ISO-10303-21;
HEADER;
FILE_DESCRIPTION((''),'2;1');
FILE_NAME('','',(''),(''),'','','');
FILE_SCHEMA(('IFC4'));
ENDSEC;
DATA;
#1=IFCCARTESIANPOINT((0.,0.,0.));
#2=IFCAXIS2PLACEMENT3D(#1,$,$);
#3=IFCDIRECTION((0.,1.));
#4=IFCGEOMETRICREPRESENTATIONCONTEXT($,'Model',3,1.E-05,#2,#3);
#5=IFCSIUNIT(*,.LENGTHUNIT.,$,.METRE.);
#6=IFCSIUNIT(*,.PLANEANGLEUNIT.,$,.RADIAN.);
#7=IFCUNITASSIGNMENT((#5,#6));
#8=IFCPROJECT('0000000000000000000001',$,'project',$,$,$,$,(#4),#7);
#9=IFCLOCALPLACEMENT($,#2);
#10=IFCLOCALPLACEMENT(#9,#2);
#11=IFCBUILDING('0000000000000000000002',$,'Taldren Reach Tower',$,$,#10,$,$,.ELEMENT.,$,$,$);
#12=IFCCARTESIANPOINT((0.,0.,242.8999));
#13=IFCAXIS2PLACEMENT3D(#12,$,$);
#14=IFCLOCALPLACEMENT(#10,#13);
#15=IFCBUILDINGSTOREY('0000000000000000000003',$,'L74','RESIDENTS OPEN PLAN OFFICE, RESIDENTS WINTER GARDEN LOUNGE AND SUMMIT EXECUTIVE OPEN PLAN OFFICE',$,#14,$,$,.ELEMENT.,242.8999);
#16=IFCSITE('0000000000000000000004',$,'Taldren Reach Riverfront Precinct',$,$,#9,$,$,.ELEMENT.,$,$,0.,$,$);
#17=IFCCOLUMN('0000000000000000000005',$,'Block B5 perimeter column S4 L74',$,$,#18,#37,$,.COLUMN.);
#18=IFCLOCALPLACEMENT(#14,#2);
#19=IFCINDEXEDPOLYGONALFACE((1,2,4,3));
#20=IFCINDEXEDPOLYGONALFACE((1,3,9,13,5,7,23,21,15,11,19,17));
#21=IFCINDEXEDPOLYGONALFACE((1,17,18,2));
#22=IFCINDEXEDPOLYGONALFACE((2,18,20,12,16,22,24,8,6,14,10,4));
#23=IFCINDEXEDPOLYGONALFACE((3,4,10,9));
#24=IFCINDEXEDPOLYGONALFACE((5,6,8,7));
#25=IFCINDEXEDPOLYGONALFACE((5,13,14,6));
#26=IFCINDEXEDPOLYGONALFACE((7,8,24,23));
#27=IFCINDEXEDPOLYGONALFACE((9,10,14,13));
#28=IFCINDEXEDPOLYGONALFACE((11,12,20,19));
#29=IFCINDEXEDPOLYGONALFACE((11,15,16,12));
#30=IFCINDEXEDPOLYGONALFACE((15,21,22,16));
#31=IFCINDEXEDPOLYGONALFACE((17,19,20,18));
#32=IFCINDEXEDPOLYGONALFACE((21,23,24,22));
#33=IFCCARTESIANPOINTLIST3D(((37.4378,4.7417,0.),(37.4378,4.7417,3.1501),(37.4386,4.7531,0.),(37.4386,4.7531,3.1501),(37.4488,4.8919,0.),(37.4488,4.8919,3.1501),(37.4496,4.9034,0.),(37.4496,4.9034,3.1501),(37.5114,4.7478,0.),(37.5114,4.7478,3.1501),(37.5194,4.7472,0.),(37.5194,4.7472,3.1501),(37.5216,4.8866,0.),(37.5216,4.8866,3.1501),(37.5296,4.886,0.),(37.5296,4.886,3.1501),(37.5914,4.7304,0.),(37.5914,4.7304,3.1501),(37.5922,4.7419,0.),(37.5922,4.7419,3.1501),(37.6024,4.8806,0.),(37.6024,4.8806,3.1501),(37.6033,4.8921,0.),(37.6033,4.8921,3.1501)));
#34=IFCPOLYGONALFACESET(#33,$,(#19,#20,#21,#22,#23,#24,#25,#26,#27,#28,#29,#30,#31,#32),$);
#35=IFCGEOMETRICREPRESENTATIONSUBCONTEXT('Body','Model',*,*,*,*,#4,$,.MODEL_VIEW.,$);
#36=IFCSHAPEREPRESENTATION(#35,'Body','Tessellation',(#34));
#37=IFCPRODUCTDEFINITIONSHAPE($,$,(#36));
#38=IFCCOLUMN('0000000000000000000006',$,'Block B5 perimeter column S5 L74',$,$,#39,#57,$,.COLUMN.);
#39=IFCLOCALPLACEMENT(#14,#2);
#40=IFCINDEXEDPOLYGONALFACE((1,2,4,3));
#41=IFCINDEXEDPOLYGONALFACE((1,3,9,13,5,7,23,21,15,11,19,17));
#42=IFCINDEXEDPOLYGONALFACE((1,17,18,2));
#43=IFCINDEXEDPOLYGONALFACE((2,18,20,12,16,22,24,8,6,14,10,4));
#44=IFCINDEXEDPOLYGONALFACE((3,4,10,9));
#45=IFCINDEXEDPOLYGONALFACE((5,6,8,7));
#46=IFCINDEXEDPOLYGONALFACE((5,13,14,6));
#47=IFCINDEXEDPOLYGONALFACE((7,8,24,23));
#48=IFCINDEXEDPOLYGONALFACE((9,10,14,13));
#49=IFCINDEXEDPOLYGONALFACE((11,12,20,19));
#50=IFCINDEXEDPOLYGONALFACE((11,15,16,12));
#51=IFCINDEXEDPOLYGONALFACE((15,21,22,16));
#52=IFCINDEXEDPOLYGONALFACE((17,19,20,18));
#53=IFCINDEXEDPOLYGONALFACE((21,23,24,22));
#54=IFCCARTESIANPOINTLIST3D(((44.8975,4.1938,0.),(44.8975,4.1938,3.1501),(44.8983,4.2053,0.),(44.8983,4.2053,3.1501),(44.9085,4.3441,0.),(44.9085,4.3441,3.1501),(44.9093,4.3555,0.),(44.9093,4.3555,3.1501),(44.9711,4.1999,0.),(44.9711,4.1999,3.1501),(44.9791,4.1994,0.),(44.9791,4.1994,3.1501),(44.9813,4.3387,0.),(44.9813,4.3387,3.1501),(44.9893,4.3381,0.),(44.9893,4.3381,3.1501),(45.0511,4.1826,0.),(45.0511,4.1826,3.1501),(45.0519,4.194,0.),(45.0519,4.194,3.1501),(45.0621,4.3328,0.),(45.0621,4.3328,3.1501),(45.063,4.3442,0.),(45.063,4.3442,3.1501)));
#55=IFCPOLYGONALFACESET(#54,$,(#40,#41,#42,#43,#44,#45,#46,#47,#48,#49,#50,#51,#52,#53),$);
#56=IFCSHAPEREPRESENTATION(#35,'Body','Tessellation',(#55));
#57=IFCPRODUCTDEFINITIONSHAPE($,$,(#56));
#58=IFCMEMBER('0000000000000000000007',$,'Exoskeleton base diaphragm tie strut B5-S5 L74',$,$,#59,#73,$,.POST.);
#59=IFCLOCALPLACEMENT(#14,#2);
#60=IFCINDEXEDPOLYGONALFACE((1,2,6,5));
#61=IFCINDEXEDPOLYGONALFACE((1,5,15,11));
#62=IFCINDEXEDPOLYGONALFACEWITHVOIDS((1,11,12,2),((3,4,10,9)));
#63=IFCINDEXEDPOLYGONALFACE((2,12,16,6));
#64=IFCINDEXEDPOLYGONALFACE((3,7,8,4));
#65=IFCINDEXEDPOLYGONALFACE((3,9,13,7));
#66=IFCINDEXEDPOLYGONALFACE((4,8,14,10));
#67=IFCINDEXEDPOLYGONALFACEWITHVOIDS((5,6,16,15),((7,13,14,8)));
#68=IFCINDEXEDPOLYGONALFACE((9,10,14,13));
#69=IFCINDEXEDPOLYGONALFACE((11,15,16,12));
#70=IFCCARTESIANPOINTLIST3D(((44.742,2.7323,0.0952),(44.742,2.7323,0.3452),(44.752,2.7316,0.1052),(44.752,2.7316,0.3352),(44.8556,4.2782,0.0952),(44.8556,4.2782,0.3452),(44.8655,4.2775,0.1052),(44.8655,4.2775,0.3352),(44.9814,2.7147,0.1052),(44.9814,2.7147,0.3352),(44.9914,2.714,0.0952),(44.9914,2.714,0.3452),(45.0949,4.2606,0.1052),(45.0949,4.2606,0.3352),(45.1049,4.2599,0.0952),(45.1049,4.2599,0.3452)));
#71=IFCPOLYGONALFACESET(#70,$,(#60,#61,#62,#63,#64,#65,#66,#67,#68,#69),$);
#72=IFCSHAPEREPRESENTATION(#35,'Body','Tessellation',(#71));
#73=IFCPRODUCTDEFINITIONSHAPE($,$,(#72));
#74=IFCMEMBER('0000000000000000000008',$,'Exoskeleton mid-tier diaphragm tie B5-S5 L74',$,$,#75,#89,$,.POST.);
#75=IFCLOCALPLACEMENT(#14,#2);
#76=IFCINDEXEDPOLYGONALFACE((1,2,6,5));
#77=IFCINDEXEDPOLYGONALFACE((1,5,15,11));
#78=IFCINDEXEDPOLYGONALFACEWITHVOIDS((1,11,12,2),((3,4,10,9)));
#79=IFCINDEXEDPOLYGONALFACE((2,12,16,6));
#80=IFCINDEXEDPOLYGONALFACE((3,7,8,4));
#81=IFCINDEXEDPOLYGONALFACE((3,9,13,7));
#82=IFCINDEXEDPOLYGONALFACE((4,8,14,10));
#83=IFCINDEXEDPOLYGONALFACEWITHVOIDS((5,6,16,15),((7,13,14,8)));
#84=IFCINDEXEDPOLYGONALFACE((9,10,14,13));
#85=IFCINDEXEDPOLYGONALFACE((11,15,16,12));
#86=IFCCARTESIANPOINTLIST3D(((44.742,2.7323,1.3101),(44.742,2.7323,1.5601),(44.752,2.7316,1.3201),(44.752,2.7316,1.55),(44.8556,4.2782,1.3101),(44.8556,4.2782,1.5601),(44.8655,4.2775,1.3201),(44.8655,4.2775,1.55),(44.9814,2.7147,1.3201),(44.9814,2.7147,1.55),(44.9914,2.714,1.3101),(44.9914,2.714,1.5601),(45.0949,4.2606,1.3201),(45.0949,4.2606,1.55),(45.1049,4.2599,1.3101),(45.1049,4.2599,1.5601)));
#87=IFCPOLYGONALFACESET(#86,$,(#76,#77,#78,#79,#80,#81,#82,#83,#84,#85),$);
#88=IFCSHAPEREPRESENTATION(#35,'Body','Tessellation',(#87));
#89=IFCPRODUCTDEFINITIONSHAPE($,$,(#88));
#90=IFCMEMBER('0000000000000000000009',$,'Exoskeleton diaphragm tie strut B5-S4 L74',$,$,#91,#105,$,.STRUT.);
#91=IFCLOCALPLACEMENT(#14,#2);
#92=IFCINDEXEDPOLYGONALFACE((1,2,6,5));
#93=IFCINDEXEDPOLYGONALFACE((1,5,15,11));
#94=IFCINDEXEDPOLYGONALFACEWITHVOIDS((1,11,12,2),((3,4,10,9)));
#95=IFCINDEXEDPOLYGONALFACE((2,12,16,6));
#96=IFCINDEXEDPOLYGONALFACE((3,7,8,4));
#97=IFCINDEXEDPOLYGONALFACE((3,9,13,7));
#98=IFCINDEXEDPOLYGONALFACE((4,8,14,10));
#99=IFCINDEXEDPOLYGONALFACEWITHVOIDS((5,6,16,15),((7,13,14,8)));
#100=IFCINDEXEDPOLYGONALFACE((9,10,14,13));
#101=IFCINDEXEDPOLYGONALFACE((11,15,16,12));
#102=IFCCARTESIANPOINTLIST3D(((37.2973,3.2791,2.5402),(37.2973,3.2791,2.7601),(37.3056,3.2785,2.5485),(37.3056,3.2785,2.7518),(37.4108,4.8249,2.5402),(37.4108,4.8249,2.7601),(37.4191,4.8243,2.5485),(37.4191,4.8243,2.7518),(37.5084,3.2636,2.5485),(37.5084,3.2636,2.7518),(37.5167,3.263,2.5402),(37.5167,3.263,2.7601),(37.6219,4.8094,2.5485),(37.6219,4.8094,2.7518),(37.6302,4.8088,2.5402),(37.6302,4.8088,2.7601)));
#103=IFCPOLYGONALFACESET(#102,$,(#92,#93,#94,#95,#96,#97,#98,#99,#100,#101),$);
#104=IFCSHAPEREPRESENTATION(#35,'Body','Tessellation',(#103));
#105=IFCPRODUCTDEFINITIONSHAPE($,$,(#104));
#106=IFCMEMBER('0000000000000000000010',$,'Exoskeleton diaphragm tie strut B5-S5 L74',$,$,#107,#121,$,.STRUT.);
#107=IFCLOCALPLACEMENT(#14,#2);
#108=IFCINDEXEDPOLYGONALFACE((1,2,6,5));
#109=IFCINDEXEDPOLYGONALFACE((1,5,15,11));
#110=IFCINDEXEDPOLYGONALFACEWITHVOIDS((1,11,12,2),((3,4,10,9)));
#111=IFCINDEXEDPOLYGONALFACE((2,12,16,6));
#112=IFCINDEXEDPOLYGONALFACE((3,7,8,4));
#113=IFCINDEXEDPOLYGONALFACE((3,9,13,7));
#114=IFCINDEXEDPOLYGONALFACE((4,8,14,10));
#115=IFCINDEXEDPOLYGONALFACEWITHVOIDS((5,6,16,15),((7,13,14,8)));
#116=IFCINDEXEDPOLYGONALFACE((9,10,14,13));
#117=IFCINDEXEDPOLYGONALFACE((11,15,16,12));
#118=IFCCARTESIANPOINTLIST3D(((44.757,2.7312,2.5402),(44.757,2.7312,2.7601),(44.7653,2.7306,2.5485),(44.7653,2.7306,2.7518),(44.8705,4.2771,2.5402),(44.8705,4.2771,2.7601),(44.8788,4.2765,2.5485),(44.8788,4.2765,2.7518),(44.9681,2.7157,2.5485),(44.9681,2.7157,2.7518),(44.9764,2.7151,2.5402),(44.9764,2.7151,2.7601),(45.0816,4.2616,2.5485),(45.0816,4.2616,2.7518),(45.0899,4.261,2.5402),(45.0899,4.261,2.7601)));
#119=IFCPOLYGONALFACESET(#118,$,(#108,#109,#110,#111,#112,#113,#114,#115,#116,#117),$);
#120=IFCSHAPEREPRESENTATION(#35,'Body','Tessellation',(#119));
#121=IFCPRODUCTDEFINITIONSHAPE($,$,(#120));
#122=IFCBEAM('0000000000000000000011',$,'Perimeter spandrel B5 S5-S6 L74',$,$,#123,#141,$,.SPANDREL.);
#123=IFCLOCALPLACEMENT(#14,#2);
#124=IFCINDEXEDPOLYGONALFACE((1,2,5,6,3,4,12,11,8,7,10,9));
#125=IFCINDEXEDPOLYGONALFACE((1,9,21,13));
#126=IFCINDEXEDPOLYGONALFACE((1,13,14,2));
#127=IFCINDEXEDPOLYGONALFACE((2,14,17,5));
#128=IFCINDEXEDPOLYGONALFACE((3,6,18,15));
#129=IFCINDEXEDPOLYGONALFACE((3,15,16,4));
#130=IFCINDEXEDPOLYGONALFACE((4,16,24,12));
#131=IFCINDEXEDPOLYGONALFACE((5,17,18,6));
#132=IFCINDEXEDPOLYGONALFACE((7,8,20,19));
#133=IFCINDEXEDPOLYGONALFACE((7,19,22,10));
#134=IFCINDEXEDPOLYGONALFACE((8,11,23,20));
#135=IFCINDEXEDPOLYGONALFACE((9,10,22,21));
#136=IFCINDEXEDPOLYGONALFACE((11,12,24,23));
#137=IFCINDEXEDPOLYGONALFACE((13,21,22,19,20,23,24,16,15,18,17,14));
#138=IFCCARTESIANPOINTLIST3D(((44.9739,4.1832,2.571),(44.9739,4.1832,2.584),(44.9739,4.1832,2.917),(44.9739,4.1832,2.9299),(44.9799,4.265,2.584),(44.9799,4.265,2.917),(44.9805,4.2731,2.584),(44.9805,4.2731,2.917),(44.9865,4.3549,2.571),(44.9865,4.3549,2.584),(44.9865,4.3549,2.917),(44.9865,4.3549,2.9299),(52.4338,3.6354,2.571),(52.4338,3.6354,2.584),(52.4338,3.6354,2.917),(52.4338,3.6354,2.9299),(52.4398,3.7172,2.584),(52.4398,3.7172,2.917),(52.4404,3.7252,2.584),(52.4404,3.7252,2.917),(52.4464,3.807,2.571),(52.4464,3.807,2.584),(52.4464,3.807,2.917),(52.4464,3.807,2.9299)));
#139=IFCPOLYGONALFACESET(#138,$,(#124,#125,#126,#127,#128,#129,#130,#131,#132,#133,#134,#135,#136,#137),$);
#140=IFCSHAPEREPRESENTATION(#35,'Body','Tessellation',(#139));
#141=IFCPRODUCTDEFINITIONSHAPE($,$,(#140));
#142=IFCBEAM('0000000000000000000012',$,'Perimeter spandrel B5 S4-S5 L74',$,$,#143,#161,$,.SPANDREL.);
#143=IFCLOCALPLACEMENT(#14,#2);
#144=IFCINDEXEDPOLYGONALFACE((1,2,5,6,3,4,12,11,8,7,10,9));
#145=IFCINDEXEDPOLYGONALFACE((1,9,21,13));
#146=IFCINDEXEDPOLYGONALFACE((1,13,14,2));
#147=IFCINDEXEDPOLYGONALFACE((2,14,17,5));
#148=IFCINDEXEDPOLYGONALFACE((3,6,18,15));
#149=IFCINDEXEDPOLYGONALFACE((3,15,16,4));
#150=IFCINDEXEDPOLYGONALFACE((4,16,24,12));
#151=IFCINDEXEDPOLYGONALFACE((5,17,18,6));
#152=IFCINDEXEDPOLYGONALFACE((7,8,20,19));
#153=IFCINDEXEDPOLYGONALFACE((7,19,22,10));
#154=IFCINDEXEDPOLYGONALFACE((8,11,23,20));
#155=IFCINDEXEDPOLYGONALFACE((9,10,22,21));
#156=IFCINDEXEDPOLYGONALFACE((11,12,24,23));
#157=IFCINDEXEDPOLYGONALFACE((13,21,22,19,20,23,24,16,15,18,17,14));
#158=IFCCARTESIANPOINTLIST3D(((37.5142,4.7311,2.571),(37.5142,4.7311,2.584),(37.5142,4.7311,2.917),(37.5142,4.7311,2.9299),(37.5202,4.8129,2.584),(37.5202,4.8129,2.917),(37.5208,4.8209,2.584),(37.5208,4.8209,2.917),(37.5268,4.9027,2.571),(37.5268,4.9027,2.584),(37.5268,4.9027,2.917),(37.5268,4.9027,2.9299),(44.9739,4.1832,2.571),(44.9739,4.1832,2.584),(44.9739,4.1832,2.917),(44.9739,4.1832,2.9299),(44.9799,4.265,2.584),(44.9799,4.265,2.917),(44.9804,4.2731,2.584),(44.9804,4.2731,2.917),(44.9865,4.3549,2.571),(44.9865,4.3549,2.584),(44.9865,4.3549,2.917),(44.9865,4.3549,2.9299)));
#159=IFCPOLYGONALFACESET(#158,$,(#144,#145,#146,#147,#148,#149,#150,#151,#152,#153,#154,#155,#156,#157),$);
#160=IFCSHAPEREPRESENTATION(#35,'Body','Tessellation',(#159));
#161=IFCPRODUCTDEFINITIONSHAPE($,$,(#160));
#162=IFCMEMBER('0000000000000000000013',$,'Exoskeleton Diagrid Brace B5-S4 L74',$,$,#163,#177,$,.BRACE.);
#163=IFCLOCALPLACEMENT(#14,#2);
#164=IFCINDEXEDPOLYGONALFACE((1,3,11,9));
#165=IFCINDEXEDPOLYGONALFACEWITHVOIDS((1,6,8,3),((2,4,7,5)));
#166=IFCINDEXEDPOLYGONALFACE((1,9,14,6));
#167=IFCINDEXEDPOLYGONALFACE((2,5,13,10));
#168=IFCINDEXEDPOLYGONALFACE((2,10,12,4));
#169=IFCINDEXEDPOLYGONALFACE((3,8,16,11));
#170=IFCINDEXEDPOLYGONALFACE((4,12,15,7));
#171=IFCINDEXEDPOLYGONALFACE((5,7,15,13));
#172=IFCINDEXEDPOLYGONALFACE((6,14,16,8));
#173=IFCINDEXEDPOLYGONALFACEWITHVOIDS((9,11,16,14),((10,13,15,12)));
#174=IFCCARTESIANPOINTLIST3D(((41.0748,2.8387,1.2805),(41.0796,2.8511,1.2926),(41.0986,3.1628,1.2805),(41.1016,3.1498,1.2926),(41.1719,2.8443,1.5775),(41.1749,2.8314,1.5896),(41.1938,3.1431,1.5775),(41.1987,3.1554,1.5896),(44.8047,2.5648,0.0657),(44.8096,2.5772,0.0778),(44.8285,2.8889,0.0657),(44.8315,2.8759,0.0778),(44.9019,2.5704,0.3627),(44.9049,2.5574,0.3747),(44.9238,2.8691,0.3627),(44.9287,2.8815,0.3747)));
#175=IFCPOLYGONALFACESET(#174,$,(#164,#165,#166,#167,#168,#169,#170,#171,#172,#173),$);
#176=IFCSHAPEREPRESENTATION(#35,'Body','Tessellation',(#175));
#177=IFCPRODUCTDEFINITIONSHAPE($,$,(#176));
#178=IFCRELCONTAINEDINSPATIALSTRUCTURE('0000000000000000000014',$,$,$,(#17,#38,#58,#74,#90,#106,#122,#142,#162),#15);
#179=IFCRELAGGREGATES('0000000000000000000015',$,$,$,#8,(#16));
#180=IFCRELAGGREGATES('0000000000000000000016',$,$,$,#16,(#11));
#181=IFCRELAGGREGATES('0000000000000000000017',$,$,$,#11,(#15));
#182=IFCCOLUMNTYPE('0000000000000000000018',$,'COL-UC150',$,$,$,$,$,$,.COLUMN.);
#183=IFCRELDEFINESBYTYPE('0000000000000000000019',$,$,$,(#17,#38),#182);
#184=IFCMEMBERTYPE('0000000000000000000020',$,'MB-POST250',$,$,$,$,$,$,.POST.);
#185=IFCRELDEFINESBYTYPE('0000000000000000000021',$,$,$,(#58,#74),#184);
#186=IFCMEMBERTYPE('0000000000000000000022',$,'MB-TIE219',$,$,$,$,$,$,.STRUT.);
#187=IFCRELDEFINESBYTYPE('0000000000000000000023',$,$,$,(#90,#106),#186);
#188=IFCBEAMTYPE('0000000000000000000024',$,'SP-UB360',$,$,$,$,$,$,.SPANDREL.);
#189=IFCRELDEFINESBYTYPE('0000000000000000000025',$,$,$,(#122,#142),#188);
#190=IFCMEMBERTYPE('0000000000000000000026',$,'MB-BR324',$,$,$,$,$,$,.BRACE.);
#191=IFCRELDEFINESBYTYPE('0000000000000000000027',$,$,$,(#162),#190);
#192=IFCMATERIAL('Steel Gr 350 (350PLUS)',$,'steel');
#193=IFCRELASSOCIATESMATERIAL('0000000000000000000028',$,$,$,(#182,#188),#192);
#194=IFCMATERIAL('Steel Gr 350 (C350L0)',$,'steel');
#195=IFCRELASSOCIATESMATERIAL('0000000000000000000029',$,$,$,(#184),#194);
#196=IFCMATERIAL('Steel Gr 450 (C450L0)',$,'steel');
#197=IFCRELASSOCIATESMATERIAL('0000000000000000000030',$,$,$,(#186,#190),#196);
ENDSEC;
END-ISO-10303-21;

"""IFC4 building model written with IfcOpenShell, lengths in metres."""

from ifc_helpers import new_model, si_unit, direction, frame, origin, origin_2d, place, context, subcontext, project, spatial, hollow_rectangle, i_section, extrude, source, transform, mapped, material, material_profile, profile_set, type_object, element, save


model = new_model("IFC4")

# Units and contexts
model_context = context("Model", 3, precision=1e-05, world=origin(), true_north=direction((0.0, 1.0)))
body_context = subcontext(model_context, "Body", "Model", "MODEL_VIEW")
ifc_project = project(units=[si_unit("LENGTHUNIT", "METRE"), si_unit("PLANEANGLEUNIT", "RADIAN")], contexts=[model_context])

# Site, building, storey
site_placement = place(None, origin())
site = spatial("IfcSite", under=ifc_project, at=site_placement, Name="Taldren Reach Riverfront Precinct", CompositionType="ELEMENT", RefElevation=0.0)
building_placement = place(site_placement, origin())
building = spatial("IfcBuilding", under=site, at=building_placement, Name="Taldren Reach Tower", CompositionType="ELEMENT")
storey_placement = place(building_placement, frame((0.0, 0.0, 242.8999)))
storey = spatial("IfcBuildingStorey", under=building, at=storey_placement, Name="L74", Description="RESIDENTS OPEN PLAN OFFICE, RESIDENTS WINTER GARDEN LOUNGE AND SUMMIT EXECUTIVE OPEN PLAN OFFICE", CompositionType="ELEMENT", Elevation=242.8999)

# Columns
ifc_material_1 = material(Name="Steel Gr 350 (350PLUS)", Category="steel")
ifc_material_profile_1 = material_profile(ifc_material_1, i_section(OverallWidth=0.1541, OverallDepth=0.1621, WebThickness=0.0081, FlangeThickness=0.0115, at=origin_2d()), Name="150UC37.2")
ifc_profile_set_1 = profile_set([ifc_material_profile_1], Name="Steel Gr 350 (350PLUS)")
column_type = type_object("IfcColumnType", Name="COL-UC150", PredefinedType="COLUMN", material=ifc_profile_set_1)
shared_shape_1 = source(origin(), body_context, "Body", "SweptSolid", [
    extrude(i_section(OverallWidth=0.1541, OverallDepth=0.1621, WebThickness=0.0081, FlangeThickness=0.0115, at=origin_2d()), origin(), (0.0, 0.0, 1.0), 3.1501),
])
for number, where, z_axis, x_axis, name in (
    (1, (37.5205, 4.8169, 0.0), (0.0, 0.0, 1.0), (0.997314, -0.073238, 0.0), "Block B5 perimeter column S4 L74"),
    (2, (44.9802, 4.269, 0.0), (0.0, 0.0, 1.0), (0.997314, -0.073238, 0.0), "Block B5 perimeter column S5 L74"),
):
    element("IfcColumn", number, at=place(storey_placement, frame(where, z_axis=z_axis, x_axis=x_axis)), inside=storey, type_object=column_type, Name=name, PredefinedType="COLUMN", context=body_context, shape_type="MappedRepresentation", body=[
        mapped(shared_shape_1, transform((0.0, 0.0, 0.0), scale=1.0)),
    ])

# Members
ifc_material_2 = material(Name="Steel Gr 350 (C350L0)", Category="steel")
ifc_material_profile_2 = material_profile(ifc_material_2, hollow_rectangle(XDim=0.25, YDim=0.25, WallThickness=0.01, at=origin_2d()), Name="250x250x10.0SHS")
ifc_profile_set_2 = profile_set([ifc_material_profile_2], Name="Steel Gr 350 (C350L0)")
member_type_1 = type_object("IfcMemberType", Name="MB-POST250", PredefinedType="POST", material=ifc_profile_set_2)
shared_shape_2 = source(origin(), body_context, "Body", "SweptSolid", [
    extrude(hollow_rectangle(XDim=0.25, YDim=0.25, WallThickness=0.01, at=origin_2d()), origin(), (0.0, 0.0, 1.0), 1.55),
])
for number, where, z_axis, x_axis, name in (
    (3, (44.9802, 4.269, 0.2202), (-0.073239, -0.997314, 0.0), (0.997314, -0.073239, 0.0), "Exoskeleton base diaphragm tie strut B5-S5 L74"),
    (4, (44.9802, 4.269, 1.4351), (-0.073239, -0.997314, 0.0), (0.997314, -0.073239, 0.0), "Exoskeleton mid-tier diaphragm tie B5-S5 L74"),
):
    element("IfcMember", number, at=place(storey_placement, frame(where, z_axis=z_axis, x_axis=x_axis)), inside=storey, type_object=member_type_1, Name=name, PredefinedType="POST", context=body_context, shape_type="MappedRepresentation", body=[
        mapped(shared_shape_2, transform((0.0, 0.0, 0.0), scale=1.0)),
    ])
ifc_material_3 = material(Name="Steel Gr 450 (C450L0)", Category="steel")
ifc_material_profile_3 = material_profile(ifc_material_3, hollow_rectangle(XDim=0.22, YDim=0.22, WallThickness=0.0083, at=origin_2d()), Name="220x220x8.2SHS")
ifc_profile_set_3 = profile_set([ifc_material_profile_3], Name="Steel Gr 450 (C450L0)")
member_type_2 = type_object("IfcMemberType", Name="MB-TIE219", PredefinedType="STRUT", material=ifc_profile_set_3)
shared_shape_3 = source(origin(), body_context, "Body", "SweptSolid", [
    extrude(hollow_rectangle(XDim=0.22, YDim=0.22, WallThickness=0.0083, at=origin_2d()), origin(), (0.0, 0.0, 1.0), 1.55),
])
for number, where, z_axis, x_axis, name in (
    (5, (37.5205, 4.8169, 2.6501), (-0.073239, -0.997314, 0.0), (0.997314, -0.073239, 0.0), "Exoskeleton diaphragm tie strut B5-S4 L74"),
    (6, (44.9802, 4.269, 2.6501), (-0.073239, -0.997314, 0.0), (0.997314, -0.073239, 0.0), "Exoskeleton diaphragm tie strut B5-S5 L74"),
):
    element("IfcMember", number, at=place(storey_placement, frame(where, z_axis=z_axis, x_axis=x_axis)), inside=storey, type_object=member_type_2, Name=name, PredefinedType="STRUT", context=body_context, shape_type="MappedRepresentation", body=[
        mapped(shared_shape_3, transform((0.0, 0.0, 0.0), scale=1.0)),
    ])

# Beams
ifc_material_profile_4 = material_profile(ifc_material_1, i_section(OverallWidth=0.1721, OverallDepth=0.3589, WebThickness=0.0081, FlangeThickness=0.0129, at=origin_2d()), Name="360UB56.7")
ifc_profile_set_4 = profile_set([ifc_material_profile_4], Name="Steel Gr 350 (350PLUS)")
beam_type = type_object("IfcBeamType", Name="SP-UB360", PredefinedType="SPANDREL", material=ifc_profile_set_4)
shared_shape_4 = source(origin(), body_context, "Body", "SweptSolid", [
    extrude(i_section(OverallWidth=0.1721, OverallDepth=0.3589, WebThickness=0.0081, FlangeThickness=0.0129, at=origin_2d()), origin(), (0.0, 0.0, 1.0), 7.48),
])
beam_1_placement = place(storey_placement, frame((44.9802, 4.269, 2.7505), z_axis=(0.997314, -0.073242, 0.0), x_axis=(0.073242, 0.997314, 0.0)))
element("IfcBeam", 7, at=beam_1_placement, inside=storey, type_object=beam_type, Name="Perimeter spandrel B5 S5-S6 L74", PredefinedType="SPANDREL", context=body_context, shape_type="MappedRepresentation", body=[
    mapped(shared_shape_4, transform((0.0, 0.0, 0.0), scale=1.0)),
])
shared_shape_5 = source(origin(), body_context, "Body", "SweptSolid", [
    extrude(i_section(OverallWidth=0.1721, OverallDepth=0.3589, WebThickness=0.0081, FlangeThickness=0.0129, at=origin_2d()), origin(), (0.0, 0.0, 1.0), 7.4797),
])
beam_2_placement = place(storey_placement, frame((37.5205, 4.8169, 2.7505), z_axis=(0.997314, -0.073244, 0.0), x_axis=(0.073244, 0.997314, 0.0)))
element("IfcBeam", 8, at=beam_2_placement, inside=storey, type_object=beam_type, Name="Perimeter spandrel B5 S4-S5 L74", PredefinedType="SPANDREL", context=body_context, shape_type="MappedRepresentation", body=[
    mapped(shared_shape_5, transform((0.0, 0.0, 0.0), scale=1.0)),
])

# Member
ifc_material_profile_5 = material_profile(ifc_material_3, hollow_rectangle(XDim=0.325, YDim=0.325, WallThickness=0.0127, at=origin_2d()), Name="325x325x12.7SHS")
ifc_profile_set_5 = profile_set([ifc_material_profile_5], Name="Steel Gr 450 (C450L0)")
member_type_3 = type_object("IfcMemberType", Name="MB-BR324", PredefinedType="BRACE", material=ifc_profile_set_5)
shared_shape_6 = source(origin(), body_context, "Body", "SweptSolid", [
    extrude(hollow_rectangle(XDim=0.325, YDim=0.325, WallThickness=0.0127, at=origin_2d()), origin(), (0.0, 0.0, 1.0), 3.9324),
])
for number, where, z_axis, x_axis, name in (
    (9, (44.8667, 2.7231, 0.2202), (-0.948529, 0.069659, 0.308933), (-0.073242, -0.997314, 0.0), "Exoskeleton Diagrid Brace B5-S4 L74"),
):
    element("IfcMember", number, at=place(storey_placement, frame(where, z_axis=z_axis, x_axis=x_axis)), inside=storey, type_object=member_type_3, Name=name, PredefinedType="BRACE", context=body_context, shape_type="MappedRepresentation", body=[
        mapped(shared_shape_6, transform((0.0, 0.0, 0.0), scale=1.0)),
    ])

save(model, "model.ifc")
